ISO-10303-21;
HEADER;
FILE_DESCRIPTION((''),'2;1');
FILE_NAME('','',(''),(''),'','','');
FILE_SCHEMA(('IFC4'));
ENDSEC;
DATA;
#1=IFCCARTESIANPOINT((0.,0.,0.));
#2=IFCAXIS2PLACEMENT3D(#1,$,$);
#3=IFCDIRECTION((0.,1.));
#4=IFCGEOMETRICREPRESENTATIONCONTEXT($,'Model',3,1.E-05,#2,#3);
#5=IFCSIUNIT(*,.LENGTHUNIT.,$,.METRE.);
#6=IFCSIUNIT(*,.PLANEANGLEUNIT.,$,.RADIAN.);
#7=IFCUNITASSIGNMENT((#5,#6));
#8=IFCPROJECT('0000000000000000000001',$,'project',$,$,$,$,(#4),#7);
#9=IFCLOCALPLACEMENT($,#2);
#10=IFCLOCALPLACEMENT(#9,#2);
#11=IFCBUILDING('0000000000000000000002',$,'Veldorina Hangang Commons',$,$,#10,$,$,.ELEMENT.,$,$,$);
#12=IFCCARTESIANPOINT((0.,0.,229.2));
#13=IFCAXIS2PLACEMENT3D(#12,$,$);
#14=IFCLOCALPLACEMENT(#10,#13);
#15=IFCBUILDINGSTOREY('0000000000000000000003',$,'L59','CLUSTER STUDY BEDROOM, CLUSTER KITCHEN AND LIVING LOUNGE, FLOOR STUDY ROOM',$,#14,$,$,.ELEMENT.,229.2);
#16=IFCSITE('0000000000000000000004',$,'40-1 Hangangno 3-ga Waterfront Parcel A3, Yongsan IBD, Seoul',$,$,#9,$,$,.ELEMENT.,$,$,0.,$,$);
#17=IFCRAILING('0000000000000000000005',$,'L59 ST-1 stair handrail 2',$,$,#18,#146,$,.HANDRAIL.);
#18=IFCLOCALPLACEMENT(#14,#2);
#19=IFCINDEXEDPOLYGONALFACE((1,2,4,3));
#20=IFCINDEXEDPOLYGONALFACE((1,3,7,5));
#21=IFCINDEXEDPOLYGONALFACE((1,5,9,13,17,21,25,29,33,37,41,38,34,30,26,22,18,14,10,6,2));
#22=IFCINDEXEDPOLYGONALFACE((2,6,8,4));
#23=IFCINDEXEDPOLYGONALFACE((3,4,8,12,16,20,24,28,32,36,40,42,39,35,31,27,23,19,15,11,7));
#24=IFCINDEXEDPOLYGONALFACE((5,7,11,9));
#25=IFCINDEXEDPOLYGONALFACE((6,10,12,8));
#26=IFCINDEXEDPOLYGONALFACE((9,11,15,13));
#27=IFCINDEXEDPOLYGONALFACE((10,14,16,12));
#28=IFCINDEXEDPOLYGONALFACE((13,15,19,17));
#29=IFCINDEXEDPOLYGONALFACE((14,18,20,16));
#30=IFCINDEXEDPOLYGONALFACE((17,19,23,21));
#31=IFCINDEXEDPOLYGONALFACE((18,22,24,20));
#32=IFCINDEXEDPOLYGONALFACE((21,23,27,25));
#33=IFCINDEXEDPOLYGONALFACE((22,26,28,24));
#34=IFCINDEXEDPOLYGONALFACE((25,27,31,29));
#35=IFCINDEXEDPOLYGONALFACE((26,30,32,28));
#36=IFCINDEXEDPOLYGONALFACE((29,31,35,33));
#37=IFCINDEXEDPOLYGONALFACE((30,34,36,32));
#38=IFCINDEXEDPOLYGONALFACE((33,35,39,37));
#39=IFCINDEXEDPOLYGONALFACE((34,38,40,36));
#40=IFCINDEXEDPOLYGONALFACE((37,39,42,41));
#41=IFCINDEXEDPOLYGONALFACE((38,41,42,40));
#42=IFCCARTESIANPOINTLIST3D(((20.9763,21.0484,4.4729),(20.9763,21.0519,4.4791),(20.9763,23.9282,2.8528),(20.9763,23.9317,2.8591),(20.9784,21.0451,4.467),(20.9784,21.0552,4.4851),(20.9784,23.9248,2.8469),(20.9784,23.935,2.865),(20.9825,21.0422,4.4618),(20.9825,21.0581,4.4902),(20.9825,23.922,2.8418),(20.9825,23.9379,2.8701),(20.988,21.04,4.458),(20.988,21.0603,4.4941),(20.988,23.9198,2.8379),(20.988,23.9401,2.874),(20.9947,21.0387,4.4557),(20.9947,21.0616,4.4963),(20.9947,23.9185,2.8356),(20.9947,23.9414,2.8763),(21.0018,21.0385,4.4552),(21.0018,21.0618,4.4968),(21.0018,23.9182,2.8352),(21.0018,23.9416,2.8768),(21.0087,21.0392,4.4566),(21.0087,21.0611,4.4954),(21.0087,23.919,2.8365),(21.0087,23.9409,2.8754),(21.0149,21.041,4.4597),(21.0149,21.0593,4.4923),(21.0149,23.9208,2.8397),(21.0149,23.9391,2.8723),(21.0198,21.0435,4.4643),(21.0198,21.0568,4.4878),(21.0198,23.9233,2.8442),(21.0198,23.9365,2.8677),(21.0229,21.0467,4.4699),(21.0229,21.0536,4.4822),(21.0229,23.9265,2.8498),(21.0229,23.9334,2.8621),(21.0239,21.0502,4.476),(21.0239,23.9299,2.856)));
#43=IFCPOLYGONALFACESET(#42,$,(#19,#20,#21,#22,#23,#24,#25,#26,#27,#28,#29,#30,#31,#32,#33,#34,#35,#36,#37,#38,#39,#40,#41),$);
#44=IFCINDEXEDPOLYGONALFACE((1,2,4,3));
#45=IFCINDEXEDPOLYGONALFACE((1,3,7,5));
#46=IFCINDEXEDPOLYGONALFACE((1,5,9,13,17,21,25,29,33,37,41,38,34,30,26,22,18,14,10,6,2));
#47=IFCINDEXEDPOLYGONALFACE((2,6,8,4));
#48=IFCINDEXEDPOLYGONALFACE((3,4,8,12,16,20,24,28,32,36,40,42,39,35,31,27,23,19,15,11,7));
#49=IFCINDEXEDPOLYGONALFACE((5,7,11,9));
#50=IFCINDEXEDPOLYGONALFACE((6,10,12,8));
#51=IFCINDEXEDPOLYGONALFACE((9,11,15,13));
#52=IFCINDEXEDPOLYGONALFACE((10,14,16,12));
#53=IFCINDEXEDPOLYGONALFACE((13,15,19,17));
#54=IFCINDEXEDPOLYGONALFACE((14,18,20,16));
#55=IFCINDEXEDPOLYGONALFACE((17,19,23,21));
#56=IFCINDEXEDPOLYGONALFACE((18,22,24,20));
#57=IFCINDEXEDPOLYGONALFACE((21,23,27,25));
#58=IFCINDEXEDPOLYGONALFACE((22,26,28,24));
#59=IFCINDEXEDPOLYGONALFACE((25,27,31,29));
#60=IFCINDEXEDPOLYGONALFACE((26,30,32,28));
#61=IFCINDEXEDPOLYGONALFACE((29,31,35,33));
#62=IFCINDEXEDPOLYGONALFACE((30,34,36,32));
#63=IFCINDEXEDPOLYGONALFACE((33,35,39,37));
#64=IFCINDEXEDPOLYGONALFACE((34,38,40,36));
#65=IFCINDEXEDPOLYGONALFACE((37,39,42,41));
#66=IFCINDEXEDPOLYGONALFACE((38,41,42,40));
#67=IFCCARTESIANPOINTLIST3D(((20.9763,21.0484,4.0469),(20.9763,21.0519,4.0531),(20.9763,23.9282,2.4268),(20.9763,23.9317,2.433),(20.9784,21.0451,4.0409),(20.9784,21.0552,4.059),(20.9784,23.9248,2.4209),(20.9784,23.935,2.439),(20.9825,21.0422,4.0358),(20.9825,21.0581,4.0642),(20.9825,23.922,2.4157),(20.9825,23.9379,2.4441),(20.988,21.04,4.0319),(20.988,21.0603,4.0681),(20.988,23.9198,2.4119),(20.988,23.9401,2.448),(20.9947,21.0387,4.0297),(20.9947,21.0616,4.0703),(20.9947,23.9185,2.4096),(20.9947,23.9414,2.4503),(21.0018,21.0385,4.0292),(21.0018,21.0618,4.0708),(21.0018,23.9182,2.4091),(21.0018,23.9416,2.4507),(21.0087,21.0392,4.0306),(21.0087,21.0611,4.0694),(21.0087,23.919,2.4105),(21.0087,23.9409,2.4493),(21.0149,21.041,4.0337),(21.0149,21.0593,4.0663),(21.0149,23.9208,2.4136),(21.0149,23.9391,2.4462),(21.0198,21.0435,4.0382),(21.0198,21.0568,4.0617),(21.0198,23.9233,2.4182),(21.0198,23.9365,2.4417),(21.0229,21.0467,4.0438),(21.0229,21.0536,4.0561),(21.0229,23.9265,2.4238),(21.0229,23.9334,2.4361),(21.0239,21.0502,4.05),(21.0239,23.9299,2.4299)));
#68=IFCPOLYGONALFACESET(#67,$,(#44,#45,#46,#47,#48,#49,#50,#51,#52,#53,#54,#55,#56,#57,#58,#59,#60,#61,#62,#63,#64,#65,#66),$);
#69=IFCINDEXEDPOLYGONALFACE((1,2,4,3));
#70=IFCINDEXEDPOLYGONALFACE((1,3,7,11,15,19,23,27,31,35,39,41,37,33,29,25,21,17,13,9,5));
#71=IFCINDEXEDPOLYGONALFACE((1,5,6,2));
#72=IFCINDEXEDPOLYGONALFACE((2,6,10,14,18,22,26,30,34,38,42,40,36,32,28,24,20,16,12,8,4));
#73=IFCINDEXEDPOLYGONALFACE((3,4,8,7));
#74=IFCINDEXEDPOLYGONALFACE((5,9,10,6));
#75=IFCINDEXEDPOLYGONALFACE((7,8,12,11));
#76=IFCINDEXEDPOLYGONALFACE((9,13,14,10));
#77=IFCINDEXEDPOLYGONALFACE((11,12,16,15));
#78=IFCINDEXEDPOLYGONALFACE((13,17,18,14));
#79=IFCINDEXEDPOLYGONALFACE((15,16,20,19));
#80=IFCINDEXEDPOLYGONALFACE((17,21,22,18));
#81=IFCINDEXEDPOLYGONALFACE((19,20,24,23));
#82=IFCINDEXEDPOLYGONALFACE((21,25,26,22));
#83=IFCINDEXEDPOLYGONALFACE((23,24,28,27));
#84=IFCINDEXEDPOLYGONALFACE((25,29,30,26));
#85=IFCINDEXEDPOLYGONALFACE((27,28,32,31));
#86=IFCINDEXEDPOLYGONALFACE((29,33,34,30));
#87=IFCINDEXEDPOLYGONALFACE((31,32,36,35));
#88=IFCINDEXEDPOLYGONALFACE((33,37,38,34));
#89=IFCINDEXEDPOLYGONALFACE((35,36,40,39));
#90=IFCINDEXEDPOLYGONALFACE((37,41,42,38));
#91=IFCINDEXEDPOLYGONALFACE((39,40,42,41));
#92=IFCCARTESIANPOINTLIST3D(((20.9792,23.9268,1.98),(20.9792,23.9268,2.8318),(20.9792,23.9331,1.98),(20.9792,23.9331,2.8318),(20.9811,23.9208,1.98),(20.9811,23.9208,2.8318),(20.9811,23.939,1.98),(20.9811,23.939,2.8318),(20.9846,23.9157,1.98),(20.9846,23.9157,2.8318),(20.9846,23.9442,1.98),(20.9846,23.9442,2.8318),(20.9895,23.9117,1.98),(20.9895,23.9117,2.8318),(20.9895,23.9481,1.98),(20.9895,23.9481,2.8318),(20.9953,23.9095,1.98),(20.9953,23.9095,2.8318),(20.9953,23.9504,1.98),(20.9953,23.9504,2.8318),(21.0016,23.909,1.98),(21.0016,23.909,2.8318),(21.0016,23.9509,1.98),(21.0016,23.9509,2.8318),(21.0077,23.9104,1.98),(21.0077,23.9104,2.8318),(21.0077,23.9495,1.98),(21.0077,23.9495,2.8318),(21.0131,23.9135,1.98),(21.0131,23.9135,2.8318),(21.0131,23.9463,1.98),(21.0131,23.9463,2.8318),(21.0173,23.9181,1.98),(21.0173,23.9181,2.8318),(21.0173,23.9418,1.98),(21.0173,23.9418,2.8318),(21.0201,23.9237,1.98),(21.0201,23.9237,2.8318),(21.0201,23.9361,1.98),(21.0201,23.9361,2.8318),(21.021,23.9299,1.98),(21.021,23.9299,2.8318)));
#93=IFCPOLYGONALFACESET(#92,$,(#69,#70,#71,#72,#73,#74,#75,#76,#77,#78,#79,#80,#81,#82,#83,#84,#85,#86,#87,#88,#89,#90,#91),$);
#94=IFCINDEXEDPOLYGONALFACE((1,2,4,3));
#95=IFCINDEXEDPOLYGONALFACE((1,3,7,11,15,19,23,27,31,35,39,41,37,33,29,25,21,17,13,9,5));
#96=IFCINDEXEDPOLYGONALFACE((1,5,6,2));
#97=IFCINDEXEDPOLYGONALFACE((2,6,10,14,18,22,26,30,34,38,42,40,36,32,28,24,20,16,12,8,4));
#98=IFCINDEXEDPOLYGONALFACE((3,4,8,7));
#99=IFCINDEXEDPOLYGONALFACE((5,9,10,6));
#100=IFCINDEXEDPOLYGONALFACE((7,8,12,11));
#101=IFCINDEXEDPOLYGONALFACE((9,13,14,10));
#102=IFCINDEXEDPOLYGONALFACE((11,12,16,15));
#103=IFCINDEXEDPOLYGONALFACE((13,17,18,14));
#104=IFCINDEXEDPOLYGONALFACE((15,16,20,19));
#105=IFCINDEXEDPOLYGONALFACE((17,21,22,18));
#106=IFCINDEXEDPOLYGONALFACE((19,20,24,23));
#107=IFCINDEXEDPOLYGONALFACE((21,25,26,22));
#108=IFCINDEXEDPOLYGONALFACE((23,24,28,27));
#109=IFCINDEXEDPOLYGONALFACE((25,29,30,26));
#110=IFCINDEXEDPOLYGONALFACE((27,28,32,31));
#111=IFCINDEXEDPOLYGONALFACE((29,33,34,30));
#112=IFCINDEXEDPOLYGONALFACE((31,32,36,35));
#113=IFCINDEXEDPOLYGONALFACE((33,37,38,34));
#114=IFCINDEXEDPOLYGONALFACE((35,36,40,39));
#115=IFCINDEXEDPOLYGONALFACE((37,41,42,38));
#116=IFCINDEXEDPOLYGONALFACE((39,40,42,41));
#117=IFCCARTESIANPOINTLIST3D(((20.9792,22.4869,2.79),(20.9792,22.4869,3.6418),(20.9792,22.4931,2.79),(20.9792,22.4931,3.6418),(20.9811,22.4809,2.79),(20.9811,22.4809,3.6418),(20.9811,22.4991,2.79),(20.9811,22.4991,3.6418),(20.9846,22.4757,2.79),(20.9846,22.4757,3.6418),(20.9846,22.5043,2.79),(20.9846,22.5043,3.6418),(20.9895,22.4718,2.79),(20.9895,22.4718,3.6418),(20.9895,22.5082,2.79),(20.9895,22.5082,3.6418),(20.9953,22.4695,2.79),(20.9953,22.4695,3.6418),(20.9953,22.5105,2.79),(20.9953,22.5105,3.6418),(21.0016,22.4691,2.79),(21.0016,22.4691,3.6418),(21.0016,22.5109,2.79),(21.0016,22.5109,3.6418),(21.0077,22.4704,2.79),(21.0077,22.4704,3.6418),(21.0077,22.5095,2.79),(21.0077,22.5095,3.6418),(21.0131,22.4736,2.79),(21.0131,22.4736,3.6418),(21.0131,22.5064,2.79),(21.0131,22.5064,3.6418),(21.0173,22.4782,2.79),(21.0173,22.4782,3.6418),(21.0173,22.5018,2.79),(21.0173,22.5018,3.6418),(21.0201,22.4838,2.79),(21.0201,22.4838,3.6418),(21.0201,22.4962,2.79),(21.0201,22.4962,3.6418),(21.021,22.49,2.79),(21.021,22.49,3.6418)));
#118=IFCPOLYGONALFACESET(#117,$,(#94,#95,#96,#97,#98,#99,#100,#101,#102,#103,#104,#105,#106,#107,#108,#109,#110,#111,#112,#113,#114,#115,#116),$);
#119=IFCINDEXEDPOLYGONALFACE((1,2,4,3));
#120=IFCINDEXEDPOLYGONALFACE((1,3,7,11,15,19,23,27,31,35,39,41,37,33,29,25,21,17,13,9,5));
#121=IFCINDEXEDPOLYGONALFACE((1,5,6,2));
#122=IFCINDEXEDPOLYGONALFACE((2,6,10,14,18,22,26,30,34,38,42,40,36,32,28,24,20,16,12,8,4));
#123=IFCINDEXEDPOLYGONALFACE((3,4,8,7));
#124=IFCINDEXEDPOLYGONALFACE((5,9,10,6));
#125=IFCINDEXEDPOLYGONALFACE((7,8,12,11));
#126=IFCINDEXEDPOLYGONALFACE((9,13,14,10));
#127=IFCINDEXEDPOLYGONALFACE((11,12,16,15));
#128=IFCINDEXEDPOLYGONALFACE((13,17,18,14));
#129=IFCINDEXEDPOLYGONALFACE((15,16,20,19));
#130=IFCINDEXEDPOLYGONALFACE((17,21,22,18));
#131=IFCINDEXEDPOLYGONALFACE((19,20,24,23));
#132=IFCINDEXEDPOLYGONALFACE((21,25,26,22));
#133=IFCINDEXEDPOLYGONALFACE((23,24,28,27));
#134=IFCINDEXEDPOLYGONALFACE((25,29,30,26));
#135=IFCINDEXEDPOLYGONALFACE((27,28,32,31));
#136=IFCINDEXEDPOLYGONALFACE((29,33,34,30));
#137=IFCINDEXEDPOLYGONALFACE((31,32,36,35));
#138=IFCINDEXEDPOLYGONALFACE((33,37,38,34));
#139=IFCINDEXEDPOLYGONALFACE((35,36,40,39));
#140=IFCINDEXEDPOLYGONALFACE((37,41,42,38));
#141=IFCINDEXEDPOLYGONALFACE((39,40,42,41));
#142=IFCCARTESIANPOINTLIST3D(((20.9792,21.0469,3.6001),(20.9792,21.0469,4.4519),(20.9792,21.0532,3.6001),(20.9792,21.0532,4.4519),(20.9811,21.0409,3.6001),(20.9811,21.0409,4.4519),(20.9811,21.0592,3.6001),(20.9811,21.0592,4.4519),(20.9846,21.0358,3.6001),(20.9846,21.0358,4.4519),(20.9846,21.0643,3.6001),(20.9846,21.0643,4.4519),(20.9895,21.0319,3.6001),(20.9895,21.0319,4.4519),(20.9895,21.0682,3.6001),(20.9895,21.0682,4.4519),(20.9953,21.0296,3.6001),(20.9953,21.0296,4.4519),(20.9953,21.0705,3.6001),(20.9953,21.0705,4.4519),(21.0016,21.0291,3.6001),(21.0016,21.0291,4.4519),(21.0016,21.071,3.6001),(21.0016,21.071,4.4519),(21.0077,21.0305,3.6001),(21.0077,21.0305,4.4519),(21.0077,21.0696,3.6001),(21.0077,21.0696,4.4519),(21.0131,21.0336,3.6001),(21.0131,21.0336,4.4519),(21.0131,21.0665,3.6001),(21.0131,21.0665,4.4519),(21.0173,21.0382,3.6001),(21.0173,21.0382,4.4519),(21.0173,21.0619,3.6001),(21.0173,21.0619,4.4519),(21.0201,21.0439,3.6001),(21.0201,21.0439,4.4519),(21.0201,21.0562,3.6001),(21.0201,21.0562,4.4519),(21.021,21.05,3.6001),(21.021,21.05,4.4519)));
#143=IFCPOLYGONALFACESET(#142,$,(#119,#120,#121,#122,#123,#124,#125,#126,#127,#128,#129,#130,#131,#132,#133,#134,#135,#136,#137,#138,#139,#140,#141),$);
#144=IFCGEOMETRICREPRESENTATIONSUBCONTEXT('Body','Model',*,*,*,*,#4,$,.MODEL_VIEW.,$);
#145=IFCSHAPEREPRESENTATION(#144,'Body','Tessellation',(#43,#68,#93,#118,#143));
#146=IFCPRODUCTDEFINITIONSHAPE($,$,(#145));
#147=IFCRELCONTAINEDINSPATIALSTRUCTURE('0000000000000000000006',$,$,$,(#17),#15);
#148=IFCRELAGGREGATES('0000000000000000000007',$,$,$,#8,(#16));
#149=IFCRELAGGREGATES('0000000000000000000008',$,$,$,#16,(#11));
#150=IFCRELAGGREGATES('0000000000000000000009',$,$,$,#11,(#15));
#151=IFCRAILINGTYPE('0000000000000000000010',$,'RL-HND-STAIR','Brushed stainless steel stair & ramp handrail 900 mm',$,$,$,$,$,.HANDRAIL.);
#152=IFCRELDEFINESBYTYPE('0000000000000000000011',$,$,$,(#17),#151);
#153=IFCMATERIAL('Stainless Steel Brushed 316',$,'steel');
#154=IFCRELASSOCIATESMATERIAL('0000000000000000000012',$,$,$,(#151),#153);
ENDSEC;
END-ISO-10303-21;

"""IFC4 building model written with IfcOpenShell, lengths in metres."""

from ifc_helpers import new_model, si_unit, direction, frame, origin, origin_2d, place, context, subcontext, project, spatial, circle, extrude, material, type_object, element, save


model = new_model("IFC4")

# Units and contexts
model_context = context("Model", 3, precision=1e-05, world=origin(), true_north=direction((0.0, 1.0)))
body_context = subcontext(model_context, "Body", "Model", "MODEL_VIEW")
ifc_project = project(units=[si_unit("LENGTHUNIT", "METRE"), si_unit("PLANEANGLEUNIT", "RADIAN")], contexts=[model_context])

# Site, building, storey
site_placement = place(None, origin())
site = spatial("IfcSite", under=ifc_project, at=site_placement, Name="40-1 Hangangno 3-ga Waterfront Parcel A3, Yongsan IBD, Seoul", CompositionType="ELEMENT", RefElevation=0.0)
building_placement = place(site_placement, origin())
building = spatial("IfcBuilding", under=site, at=building_placement, Name="Veldorina Hangang Commons", CompositionType="ELEMENT")
storey_placement = place(building_placement, frame((0.0, 0.0, 229.2)))
storey = spatial("IfcBuildingStorey", under=building, at=storey_placement, Name="L59", Description="CLUSTER STUDY BEDROOM, CLUSTER KITCHEN AND LIVING LOUNGE, FLOOR STUDY ROOM", CompositionType="ELEMENT", Elevation=229.2)

# Railing
ifc_material_1 = material(Name="Stainless Steel Brushed 316", Category="steel")
railing_type = type_object("IfcRailingType", Name="RL-HND-STAIR", Description="Brushed stainless steel stair & ramp handrail 900 mm", PredefinedType="HANDRAIL", material=ifc_material_1)
railing_placement = place(storey_placement, frame((21.0, 23.9299, 1.98)))
element("IfcRailing", 1, at=railing_placement, inside=storey, type_object=railing_type, Name="L59 ST-1 stair handrail 2", PredefinedType="HANDRAIL", context=body_context, shape_type="SweptSolid", body=[
    extrude(circle(Radius=0.0239, at=origin_2d()), frame((0.0, 0.0, 0.876), z_axis=(0.0, -0.871552, 0.490303), x_axis=(1.0, 0.0, 0.0)), (0.0, 0.0, 1.0), 3.3042),
    extrude(circle(Radius=0.0239, at=origin_2d()), frame((0.0, 0.0, 0.45), z_axis=(0.0, -0.871552, 0.490303), x_axis=(1.0, 0.0, 0.0)), (0.0, 0.0, 1.0), 3.3042),
    extrude(circle(Radius=0.021, at=origin_2d()), origin(), (0.0, 0.0, 1.0), 0.8518),
    extrude(circle(Radius=0.021, at=origin_2d()), frame((0.0, -1.4399, 0.8101)), (0.0, 0.0, 1.0), 0.8518),
    extrude(circle(Radius=0.021, at=origin_2d()), frame((0.0, -2.8799, 1.6201)), (0.0, 0.0, 1.0), 0.8518),
])

save(model, "model.ifc")
